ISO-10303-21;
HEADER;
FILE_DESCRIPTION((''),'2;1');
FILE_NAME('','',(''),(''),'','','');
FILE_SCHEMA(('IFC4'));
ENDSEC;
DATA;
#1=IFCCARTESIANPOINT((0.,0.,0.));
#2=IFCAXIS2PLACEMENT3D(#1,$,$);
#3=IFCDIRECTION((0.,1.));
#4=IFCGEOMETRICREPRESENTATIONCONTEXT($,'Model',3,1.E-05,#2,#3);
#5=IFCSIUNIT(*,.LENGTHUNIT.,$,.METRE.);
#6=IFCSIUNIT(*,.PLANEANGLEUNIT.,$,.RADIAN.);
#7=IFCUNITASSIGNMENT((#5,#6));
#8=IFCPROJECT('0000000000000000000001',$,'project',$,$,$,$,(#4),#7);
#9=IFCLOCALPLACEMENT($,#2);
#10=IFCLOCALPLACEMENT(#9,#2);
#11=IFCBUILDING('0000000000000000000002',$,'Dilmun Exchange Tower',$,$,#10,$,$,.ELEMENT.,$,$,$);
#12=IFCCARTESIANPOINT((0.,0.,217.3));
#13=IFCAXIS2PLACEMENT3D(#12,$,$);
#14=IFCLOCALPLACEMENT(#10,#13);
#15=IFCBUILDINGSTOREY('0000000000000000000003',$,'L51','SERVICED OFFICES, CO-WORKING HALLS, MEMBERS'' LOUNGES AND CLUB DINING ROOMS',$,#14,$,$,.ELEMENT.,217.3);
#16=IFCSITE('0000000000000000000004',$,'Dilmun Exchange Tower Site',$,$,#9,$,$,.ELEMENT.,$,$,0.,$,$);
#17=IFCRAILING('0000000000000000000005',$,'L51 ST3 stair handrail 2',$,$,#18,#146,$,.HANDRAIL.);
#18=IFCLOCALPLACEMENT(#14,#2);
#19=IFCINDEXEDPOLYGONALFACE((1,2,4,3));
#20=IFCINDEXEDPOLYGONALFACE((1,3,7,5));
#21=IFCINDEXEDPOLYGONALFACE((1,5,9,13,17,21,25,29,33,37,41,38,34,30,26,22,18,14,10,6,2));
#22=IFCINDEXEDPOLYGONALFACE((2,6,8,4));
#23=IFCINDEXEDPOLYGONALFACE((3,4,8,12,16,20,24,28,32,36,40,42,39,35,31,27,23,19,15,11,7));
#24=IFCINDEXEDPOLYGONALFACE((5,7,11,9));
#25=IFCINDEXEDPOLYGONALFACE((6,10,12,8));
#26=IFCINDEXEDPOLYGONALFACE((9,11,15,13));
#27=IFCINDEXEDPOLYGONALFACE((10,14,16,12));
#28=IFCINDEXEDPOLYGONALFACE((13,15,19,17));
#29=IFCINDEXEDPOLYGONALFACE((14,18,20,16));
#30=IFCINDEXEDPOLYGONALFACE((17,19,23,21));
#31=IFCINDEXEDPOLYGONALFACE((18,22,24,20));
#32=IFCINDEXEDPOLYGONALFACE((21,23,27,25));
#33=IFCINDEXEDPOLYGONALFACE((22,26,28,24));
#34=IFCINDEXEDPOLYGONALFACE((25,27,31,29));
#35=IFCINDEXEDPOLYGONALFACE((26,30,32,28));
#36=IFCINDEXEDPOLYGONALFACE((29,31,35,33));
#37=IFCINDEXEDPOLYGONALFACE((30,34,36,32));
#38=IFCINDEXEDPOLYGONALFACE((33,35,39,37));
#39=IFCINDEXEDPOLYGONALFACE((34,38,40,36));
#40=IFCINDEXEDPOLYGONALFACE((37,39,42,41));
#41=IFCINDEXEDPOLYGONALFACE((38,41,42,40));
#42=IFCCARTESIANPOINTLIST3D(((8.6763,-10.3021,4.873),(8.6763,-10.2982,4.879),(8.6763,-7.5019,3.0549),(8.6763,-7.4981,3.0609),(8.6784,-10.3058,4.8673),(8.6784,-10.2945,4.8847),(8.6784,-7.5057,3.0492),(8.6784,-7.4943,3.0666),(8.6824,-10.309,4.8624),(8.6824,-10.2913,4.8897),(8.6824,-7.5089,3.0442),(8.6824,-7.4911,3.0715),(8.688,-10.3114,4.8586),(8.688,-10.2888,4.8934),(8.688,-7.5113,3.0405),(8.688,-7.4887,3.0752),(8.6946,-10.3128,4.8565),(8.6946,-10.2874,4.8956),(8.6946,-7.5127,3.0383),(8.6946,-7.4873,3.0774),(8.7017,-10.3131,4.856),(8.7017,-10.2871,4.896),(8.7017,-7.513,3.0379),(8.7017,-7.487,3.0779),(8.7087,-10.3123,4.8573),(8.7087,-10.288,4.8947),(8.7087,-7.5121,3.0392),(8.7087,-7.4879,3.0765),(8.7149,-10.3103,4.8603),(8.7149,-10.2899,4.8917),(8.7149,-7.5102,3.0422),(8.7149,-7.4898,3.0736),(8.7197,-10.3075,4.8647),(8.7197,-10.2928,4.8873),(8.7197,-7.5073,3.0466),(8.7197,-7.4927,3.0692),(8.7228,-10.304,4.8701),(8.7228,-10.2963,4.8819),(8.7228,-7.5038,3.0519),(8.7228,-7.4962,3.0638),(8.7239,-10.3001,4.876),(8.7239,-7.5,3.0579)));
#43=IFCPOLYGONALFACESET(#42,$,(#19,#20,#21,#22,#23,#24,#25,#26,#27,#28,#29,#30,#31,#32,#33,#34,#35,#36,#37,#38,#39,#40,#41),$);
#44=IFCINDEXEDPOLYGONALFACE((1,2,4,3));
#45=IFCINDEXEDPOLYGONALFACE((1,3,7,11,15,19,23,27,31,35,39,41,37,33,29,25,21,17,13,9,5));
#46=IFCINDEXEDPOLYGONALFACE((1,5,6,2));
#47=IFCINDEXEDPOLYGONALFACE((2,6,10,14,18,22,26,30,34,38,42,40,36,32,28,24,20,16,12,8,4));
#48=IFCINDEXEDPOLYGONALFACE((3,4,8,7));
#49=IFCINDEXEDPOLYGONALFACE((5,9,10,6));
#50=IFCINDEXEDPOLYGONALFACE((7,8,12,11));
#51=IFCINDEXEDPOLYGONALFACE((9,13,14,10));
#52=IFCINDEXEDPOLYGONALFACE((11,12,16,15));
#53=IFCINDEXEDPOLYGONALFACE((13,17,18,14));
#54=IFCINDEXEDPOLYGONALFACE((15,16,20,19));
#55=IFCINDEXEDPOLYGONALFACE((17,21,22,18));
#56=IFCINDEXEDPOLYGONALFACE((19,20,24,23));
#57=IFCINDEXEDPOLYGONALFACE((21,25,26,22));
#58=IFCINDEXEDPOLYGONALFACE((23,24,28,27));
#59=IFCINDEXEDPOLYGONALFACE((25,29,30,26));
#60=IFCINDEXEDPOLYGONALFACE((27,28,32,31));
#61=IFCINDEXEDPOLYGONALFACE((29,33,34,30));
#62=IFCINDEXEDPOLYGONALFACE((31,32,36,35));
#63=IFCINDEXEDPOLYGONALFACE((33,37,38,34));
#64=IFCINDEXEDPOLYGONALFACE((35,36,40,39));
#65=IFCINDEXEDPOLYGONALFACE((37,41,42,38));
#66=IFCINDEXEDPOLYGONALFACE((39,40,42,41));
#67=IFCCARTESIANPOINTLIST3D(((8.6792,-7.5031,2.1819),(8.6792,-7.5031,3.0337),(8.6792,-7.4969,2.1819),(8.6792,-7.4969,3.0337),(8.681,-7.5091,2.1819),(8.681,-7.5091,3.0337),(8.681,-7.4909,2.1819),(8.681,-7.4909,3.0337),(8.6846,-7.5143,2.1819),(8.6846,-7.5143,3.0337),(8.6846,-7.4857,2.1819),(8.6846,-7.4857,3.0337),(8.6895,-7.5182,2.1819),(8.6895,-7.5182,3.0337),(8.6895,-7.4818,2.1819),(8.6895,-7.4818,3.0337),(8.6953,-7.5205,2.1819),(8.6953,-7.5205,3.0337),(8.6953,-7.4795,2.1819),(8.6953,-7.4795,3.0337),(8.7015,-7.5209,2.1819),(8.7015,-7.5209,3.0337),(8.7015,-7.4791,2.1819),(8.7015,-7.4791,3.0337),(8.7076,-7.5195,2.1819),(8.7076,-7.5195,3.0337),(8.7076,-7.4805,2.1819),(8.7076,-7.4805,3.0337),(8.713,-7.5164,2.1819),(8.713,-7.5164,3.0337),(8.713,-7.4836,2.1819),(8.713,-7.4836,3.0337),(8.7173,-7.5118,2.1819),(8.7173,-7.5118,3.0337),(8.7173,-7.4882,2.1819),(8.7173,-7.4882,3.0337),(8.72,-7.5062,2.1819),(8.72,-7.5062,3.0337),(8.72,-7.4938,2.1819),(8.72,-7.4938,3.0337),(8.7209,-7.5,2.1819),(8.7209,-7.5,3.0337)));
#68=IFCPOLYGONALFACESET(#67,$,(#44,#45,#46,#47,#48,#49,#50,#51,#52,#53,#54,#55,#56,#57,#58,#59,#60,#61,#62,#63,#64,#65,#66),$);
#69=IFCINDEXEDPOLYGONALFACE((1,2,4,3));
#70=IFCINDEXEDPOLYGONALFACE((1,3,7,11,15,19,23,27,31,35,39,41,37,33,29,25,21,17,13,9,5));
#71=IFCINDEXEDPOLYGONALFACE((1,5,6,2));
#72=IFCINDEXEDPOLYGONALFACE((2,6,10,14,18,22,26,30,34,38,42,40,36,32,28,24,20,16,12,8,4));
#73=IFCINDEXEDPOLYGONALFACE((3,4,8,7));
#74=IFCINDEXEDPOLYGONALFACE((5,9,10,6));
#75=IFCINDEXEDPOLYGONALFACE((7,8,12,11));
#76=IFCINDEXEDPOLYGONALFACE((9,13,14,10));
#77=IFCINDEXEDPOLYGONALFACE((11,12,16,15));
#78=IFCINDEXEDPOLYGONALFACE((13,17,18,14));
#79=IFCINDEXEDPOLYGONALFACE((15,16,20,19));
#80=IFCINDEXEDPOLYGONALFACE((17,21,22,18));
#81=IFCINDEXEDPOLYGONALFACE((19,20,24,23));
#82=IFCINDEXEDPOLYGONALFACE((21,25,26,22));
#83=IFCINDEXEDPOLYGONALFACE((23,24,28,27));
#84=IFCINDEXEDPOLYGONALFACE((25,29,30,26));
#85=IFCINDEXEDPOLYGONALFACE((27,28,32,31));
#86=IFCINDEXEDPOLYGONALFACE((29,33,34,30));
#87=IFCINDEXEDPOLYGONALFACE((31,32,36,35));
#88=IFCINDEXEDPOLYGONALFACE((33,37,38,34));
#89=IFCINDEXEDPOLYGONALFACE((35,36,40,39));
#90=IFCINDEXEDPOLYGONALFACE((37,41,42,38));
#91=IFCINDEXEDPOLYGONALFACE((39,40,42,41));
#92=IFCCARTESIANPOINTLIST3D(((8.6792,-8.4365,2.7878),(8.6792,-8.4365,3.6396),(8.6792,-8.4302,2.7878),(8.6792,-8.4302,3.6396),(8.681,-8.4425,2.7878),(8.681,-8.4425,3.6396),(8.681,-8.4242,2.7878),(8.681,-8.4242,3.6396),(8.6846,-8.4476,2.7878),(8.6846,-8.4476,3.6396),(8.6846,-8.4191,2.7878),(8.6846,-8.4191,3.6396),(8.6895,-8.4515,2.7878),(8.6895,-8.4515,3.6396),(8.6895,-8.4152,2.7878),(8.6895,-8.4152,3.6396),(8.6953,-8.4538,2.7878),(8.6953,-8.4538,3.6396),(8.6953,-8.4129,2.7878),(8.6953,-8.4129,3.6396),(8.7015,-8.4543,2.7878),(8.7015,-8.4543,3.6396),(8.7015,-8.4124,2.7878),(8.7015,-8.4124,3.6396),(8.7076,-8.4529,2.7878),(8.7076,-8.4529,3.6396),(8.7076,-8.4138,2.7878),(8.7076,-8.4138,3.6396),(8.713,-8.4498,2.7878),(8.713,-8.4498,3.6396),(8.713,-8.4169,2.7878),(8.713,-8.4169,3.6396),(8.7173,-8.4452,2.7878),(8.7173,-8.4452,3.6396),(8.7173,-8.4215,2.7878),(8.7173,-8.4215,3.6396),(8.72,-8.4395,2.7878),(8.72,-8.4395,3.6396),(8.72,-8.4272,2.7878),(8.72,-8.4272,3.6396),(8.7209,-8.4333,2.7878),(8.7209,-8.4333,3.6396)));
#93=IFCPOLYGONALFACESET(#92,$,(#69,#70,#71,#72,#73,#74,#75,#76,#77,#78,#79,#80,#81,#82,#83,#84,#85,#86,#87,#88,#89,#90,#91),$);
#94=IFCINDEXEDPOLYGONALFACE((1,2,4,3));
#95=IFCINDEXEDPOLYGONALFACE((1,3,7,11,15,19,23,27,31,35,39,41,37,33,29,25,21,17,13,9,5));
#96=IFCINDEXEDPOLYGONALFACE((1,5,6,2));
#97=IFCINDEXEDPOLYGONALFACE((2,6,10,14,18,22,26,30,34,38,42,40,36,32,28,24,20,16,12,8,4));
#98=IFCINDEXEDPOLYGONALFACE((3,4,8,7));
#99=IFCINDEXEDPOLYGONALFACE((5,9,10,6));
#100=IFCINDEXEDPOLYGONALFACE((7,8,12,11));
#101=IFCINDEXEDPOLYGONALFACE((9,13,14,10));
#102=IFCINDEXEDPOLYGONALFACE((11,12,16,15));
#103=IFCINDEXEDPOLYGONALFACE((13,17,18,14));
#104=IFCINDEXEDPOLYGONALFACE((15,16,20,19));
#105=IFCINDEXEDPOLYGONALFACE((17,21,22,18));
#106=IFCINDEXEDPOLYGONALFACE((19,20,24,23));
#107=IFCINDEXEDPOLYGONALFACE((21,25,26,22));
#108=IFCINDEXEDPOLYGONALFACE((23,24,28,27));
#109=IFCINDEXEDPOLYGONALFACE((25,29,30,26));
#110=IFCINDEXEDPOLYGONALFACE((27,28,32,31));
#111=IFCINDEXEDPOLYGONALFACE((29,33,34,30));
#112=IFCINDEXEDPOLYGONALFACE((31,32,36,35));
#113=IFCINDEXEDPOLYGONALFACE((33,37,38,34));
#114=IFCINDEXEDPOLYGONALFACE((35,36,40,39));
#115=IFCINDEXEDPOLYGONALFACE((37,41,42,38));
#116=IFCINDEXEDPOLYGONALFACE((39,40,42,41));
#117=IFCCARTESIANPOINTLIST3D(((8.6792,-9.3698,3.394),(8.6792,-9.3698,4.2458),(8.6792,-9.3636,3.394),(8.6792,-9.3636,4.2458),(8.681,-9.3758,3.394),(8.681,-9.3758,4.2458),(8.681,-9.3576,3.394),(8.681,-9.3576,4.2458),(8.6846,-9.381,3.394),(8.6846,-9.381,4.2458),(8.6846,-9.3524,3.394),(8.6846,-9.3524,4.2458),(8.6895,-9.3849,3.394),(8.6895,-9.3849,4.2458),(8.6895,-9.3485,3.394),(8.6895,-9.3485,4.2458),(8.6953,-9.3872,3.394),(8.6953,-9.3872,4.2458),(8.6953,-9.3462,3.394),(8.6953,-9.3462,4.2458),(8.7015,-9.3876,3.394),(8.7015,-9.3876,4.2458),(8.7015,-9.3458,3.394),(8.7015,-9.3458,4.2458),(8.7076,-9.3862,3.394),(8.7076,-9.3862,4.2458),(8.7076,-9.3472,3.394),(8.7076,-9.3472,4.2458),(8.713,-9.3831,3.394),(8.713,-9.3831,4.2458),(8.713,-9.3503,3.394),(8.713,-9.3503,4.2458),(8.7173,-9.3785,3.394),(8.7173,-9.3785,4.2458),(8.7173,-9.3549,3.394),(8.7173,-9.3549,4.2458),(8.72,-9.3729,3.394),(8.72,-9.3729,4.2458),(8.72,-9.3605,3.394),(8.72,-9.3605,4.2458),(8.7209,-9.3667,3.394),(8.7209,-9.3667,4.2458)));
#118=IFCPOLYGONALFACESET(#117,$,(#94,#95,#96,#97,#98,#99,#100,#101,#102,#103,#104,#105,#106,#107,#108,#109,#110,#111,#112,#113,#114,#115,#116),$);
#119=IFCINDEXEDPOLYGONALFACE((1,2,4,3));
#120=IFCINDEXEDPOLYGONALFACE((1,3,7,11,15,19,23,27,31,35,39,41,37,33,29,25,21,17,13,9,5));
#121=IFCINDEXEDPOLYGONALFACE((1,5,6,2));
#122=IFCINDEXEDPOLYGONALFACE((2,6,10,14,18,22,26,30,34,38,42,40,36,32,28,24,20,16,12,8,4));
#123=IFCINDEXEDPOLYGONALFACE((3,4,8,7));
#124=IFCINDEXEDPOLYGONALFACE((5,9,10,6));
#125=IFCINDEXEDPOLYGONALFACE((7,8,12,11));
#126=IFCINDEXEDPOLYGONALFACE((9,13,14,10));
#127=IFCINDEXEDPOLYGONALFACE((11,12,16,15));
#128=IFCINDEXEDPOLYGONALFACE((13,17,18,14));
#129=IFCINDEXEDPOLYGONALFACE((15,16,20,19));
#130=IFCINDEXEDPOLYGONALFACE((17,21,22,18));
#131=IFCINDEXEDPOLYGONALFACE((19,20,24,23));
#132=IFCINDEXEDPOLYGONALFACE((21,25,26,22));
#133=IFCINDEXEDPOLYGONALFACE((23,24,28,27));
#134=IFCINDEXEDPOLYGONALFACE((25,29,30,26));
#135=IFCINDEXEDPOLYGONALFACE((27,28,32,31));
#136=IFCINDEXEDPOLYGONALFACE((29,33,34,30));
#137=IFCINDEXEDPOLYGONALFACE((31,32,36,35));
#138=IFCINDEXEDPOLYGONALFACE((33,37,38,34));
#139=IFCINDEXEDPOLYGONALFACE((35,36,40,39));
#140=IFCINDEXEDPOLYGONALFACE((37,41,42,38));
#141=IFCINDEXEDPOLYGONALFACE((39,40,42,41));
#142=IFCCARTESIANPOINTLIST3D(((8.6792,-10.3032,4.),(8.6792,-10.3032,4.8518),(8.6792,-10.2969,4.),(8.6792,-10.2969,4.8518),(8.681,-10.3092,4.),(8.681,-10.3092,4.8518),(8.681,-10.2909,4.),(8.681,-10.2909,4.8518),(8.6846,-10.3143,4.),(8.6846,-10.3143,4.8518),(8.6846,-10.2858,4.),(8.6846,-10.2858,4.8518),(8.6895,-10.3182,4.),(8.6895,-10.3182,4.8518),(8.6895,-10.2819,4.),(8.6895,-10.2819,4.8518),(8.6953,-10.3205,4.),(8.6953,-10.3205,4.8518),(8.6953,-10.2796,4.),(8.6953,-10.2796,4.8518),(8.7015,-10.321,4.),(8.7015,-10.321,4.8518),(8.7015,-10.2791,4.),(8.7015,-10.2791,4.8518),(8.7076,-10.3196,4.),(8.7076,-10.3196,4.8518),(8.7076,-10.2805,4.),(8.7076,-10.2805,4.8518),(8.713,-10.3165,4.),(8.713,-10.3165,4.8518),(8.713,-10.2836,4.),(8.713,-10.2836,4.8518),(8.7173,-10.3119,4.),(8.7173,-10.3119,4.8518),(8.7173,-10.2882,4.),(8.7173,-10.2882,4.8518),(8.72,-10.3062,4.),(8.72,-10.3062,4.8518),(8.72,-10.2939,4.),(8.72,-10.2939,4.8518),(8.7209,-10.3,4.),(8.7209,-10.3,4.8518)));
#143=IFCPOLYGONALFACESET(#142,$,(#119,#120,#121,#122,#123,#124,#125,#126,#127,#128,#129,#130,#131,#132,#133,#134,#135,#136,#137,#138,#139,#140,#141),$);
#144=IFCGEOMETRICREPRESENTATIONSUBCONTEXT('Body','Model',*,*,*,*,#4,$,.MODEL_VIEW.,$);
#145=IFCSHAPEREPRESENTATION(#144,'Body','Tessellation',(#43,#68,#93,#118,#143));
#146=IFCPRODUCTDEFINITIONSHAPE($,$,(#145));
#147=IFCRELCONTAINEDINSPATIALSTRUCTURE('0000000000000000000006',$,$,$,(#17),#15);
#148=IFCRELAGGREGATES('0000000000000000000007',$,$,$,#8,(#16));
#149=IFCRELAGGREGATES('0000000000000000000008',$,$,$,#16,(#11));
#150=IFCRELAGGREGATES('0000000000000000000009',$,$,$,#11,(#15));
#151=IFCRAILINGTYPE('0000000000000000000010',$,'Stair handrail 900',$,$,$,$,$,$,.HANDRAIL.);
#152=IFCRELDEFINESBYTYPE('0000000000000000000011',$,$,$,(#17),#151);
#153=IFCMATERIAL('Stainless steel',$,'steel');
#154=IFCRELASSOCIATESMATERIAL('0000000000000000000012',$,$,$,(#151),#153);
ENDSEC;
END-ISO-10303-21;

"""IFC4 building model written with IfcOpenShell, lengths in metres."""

from ifc_helpers import new_model, si_unit, direction, frame, origin, origin_2d, place, context, subcontext, project, spatial, circle, extrude, material, type_object, element, save


model = new_model("IFC4")

# Units and contexts
model_context = context("Model", 3, precision=1e-05, world=origin(), true_north=direction((0.0, 1.0)))
body_context = subcontext(model_context, "Body", "Model", "MODEL_VIEW")
ifc_project = project(units=[si_unit("LENGTHUNIT", "METRE"), si_unit("PLANEANGLEUNIT", "RADIAN")], contexts=[model_context])

# Site, building, storey
site_placement = place(None, origin())
site = spatial("IfcSite", under=ifc_project, at=site_placement, Name="Dilmun Exchange Tower Site", CompositionType="ELEMENT", RefElevation=0.0)
building_placement = place(site_placement, origin())
building = spatial("IfcBuilding", under=site, at=building_placement, Name="Dilmun Exchange Tower", CompositionType="ELEMENT")
storey_placement = place(building_placement, frame((0.0, 0.0, 217.3)))
storey = spatial("IfcBuildingStorey", under=building, at=storey_placement, Name="L51", Description="SERVICED OFFICES, CO-WORKING HALLS, MEMBERS' LOUNGES AND CLUB DINING ROOMS", CompositionType="ELEMENT", Elevation=217.3)

# Railing
ifc_material_1 = material(Name="Stainless steel", Category="steel")
railing_type = type_object("IfcRailingType", Name="Stair handrail 900", PredefinedType="HANDRAIL", material=ifc_material_1)
railing_1_placement = place(storey_placement, frame((8.7, -7.5, 2.1819)))
element("IfcRailing", 1, at=railing_1_placement, inside=storey, type_object=railing_type, Name="L51 ST3 stair handrail 2", PredefinedType="HANDRAIL", context=body_context, shape_type="SweptSolid", body=[
    extrude(circle(Radius=0.0239, at=origin_2d()), frame((0.0, 0.0, 0.876), z_axis=(0.0, -0.838706, 0.544585), x_axis=(1.0, 0.0, 0.0)), (0.0, 0.0, 1.0), 3.3386),
    extrude(circle(Radius=0.021, at=origin_2d()), origin(), (0.0, 0.0, 1.0), 0.8518),
    extrude(circle(Radius=0.021, at=origin_2d()), frame((0.0, -0.9333, 0.606)), (0.0, 0.0, 1.0), 0.8518),
    extrude(circle(Radius=0.021, at=origin_2d()), frame((0.0, -1.8667, 1.2122)), (0.0, 0.0, 1.0), 0.8518),
    extrude(circle(Radius=0.021, at=origin_2d()), frame((0.0, -2.8, 1.8181)), (0.0, 0.0, 1.0), 0.8518),
])

save(model, "model.ifc")
